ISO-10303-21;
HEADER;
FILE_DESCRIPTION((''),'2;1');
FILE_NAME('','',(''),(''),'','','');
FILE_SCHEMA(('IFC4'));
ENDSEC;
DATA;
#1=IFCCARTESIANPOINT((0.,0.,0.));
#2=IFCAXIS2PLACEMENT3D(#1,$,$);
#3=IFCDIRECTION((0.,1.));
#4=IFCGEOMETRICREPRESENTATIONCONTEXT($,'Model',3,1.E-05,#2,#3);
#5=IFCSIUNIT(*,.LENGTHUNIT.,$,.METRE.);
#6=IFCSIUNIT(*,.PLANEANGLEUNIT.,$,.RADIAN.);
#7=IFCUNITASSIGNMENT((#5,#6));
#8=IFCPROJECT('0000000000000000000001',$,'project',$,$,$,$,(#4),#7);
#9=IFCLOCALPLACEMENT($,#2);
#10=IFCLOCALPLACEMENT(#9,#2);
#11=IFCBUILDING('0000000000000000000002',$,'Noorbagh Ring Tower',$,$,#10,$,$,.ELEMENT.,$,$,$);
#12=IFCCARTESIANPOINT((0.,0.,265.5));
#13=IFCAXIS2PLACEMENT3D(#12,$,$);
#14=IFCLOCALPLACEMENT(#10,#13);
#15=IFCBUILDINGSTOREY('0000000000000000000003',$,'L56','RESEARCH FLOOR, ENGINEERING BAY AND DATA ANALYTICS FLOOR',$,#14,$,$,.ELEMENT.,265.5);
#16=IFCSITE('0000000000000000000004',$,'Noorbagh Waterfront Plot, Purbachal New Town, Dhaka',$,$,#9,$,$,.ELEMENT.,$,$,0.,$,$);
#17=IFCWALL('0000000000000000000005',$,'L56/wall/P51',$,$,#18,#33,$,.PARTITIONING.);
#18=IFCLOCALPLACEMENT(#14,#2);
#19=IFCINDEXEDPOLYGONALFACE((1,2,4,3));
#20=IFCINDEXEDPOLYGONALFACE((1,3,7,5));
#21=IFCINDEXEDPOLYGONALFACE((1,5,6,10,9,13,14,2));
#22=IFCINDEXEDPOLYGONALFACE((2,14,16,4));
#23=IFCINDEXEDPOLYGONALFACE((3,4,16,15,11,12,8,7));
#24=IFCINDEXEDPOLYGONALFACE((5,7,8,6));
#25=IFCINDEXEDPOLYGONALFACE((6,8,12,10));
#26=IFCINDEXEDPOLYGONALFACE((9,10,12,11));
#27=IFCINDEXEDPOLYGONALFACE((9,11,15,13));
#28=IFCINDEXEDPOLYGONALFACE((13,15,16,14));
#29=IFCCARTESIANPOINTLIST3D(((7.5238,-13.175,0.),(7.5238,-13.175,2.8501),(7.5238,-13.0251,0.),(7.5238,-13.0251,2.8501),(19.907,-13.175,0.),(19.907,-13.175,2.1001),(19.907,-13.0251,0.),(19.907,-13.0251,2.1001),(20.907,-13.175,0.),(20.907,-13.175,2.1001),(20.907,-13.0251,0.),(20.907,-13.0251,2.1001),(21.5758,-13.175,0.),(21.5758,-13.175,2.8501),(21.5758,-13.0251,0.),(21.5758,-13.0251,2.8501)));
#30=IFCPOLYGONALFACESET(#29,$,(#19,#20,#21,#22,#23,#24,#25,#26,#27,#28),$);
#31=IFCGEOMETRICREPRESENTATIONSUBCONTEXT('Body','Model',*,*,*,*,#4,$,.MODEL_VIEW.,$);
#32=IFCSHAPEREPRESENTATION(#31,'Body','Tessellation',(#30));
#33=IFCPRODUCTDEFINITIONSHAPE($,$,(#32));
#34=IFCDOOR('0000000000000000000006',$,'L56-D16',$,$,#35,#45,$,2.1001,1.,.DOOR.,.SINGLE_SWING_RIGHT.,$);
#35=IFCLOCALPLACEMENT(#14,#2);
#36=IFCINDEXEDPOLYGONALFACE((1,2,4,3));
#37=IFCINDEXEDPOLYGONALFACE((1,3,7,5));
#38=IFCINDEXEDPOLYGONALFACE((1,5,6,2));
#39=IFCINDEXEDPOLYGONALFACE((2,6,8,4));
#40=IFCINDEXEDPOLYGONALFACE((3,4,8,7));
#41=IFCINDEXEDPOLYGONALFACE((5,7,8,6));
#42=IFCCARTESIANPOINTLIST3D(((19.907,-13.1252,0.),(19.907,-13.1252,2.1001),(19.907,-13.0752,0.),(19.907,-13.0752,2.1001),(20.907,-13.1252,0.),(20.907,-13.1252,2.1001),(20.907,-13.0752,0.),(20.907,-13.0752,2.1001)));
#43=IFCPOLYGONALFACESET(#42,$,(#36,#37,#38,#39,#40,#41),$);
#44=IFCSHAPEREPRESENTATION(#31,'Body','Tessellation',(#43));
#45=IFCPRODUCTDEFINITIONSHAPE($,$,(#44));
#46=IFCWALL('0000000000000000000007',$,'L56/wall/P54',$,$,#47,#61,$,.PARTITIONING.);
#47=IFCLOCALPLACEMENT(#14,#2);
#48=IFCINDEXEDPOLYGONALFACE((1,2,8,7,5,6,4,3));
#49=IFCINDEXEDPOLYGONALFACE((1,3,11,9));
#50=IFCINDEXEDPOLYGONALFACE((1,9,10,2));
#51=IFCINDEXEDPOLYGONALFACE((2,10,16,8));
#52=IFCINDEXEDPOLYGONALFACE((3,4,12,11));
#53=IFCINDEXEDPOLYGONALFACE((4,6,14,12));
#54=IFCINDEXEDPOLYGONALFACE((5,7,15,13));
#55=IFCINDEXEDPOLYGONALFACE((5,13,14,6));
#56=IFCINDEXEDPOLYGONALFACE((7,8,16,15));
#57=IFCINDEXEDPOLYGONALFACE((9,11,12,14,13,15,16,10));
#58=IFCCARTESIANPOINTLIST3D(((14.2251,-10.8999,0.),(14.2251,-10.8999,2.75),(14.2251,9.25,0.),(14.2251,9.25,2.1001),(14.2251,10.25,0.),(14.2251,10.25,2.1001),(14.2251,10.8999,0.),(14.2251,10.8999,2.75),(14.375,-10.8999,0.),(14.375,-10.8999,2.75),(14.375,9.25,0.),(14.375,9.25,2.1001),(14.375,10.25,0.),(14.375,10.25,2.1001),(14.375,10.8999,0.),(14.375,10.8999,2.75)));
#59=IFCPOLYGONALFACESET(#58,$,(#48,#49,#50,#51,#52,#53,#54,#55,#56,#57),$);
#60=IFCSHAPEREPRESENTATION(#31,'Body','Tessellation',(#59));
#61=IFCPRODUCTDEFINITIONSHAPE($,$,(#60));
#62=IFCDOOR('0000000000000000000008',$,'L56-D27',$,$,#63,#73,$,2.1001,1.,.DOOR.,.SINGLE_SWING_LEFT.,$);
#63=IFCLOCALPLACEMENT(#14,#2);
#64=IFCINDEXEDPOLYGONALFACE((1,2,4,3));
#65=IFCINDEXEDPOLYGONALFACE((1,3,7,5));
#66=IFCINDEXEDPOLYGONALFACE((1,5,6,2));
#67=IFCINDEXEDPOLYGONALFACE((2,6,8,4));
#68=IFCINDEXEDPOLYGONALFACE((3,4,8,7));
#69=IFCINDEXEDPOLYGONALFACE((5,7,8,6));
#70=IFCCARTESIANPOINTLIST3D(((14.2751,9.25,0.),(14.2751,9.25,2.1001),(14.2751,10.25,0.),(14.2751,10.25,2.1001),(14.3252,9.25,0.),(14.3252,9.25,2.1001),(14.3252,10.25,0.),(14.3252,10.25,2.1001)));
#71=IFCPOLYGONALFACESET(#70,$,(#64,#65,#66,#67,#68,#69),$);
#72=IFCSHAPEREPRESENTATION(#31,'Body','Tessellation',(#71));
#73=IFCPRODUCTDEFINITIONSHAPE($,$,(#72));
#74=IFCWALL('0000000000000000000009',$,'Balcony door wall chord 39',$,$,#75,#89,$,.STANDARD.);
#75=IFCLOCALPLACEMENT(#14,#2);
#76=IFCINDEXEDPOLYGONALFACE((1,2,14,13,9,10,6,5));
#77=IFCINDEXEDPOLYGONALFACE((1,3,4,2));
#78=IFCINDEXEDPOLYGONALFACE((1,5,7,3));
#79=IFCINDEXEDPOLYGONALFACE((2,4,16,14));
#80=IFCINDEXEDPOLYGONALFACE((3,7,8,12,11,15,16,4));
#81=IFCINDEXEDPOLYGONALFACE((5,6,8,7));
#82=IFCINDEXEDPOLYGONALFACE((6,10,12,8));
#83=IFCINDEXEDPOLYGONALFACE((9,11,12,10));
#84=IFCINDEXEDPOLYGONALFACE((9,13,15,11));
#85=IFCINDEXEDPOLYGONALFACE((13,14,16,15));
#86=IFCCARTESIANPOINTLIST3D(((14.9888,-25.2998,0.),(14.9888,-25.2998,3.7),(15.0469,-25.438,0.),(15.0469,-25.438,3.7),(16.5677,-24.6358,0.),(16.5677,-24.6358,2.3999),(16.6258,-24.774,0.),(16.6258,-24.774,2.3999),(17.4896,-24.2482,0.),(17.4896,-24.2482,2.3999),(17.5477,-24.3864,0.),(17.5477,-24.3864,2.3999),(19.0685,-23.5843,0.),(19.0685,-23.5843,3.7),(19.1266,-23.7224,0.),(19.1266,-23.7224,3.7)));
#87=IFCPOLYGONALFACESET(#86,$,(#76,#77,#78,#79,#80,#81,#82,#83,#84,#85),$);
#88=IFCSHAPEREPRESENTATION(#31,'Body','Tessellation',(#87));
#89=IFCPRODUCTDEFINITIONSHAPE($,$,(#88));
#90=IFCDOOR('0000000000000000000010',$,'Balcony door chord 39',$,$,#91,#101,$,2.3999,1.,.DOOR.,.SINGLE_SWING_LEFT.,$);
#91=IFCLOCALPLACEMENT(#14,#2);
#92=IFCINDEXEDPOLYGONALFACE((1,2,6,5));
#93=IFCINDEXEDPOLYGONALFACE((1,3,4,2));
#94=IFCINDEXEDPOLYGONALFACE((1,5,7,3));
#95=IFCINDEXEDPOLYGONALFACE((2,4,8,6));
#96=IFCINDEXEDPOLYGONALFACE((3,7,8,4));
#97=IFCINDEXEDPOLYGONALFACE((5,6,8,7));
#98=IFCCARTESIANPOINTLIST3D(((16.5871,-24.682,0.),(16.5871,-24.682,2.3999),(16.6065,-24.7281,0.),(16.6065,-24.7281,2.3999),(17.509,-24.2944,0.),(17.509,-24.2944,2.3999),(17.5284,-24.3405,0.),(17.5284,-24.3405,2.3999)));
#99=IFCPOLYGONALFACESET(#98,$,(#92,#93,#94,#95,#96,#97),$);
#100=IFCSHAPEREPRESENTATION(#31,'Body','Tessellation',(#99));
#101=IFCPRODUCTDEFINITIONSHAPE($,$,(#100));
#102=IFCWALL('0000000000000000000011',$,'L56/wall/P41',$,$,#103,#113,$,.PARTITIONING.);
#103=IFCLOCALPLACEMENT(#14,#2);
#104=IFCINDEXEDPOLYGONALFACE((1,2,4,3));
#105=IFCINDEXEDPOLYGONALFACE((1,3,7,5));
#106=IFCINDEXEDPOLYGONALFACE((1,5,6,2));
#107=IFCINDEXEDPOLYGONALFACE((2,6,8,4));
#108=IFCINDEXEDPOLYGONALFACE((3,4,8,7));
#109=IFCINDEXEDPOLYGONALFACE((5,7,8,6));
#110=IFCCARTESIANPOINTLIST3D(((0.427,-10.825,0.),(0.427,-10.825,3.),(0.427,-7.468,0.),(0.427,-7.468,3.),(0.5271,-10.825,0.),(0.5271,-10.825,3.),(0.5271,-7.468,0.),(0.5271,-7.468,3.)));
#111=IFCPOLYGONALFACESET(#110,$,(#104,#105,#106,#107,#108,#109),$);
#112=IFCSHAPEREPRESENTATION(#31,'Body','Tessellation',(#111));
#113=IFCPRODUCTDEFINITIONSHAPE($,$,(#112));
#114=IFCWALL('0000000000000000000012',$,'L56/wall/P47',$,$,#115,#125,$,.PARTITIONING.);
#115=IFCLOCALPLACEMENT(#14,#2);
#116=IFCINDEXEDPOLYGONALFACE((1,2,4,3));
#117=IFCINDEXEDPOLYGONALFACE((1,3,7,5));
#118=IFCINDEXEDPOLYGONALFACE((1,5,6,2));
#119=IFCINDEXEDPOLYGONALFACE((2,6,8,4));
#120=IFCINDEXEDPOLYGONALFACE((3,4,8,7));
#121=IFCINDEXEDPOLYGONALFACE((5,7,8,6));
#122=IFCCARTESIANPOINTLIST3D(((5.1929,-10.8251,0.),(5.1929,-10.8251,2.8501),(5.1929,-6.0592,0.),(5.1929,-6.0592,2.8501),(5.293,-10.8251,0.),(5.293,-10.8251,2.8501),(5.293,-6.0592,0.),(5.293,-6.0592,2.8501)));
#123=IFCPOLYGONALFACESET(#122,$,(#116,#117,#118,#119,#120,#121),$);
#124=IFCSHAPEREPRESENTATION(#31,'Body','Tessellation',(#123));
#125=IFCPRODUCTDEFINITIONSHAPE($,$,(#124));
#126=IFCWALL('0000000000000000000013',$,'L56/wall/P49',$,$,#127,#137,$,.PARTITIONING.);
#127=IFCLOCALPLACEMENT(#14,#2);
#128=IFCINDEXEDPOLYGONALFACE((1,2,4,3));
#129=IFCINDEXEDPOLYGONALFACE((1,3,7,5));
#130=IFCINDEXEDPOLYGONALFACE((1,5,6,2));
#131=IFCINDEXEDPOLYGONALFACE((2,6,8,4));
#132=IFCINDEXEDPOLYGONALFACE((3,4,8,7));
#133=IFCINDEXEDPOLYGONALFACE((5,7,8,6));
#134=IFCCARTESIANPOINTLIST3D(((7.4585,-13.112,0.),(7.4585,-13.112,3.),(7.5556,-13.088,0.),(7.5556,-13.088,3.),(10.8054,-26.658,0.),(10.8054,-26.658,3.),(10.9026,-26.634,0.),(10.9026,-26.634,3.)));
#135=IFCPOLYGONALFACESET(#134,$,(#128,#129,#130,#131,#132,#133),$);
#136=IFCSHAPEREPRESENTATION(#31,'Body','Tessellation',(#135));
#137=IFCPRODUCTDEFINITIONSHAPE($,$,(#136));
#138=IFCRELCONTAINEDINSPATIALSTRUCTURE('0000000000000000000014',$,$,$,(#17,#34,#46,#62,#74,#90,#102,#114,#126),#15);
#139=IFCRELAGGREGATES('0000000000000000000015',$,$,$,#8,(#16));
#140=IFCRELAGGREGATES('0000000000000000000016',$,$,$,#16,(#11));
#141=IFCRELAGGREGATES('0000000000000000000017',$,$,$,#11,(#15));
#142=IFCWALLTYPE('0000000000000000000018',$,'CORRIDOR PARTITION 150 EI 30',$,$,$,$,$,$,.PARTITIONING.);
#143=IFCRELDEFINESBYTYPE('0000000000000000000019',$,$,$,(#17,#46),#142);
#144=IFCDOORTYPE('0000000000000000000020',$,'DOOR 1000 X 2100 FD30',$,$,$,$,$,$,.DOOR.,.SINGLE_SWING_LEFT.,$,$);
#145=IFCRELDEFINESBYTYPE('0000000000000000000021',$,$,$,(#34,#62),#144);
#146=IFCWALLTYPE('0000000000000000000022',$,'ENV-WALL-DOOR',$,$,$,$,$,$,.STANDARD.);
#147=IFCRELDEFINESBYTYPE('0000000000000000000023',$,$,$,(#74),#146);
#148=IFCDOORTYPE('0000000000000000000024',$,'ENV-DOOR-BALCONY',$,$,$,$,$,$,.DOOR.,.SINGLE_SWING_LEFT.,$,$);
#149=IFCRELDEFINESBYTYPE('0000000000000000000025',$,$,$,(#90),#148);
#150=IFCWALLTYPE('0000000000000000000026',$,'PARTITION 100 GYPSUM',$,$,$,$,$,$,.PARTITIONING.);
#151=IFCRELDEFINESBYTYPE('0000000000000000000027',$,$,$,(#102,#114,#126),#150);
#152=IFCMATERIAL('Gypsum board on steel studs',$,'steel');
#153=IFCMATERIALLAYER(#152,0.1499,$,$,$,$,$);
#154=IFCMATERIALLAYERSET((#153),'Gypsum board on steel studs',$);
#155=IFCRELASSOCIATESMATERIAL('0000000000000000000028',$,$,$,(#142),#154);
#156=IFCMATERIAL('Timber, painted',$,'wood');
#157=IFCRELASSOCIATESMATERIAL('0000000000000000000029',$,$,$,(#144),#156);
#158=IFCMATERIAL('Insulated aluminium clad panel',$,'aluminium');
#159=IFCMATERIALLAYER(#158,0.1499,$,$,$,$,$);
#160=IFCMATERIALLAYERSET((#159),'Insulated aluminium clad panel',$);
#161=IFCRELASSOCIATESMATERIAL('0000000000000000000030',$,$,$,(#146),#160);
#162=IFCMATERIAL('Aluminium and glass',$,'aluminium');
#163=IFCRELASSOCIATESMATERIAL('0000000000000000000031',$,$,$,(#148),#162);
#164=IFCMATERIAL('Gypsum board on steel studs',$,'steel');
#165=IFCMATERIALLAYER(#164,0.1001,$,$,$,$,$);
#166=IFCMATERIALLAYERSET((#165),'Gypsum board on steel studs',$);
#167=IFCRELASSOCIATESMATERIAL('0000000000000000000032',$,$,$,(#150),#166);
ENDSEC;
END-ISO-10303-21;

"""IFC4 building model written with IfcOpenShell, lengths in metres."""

from ifc_helpers import new_model, si_unit, direction, frame, frame_2d, origin, place, context, subcontext, project, spatial, rectangle, extrude, material, layer, layer_set, type_object, element, fill, save


model = new_model("IFC4")

# Units and contexts
model_context = context("Model", 3, precision=1e-05, world=origin(), true_north=direction((0.0, 1.0)))
body_context = subcontext(model_context, "Body", "Model", "MODEL_VIEW")
ifc_project = project(units=[si_unit("LENGTHUNIT", "METRE"), si_unit("PLANEANGLEUNIT", "RADIAN")], contexts=[model_context])

# Site, building, storey
site_placement = place(None, origin())
site = spatial("IfcSite", under=ifc_project, at=site_placement, Name="Noorbagh Waterfront Plot, Purbachal New Town, Dhaka", CompositionType="ELEMENT", RefElevation=0.0)
building_placement = place(site_placement, origin())
building = spatial("IfcBuilding", under=site, at=building_placement, Name="Noorbagh Ring Tower", CompositionType="ELEMENT")
storey_placement = place(building_placement, frame((0.0, 0.0, 265.5)))
storey = spatial("IfcBuildingStorey", under=building, at=storey_placement, Name="L56", Description="RESEARCH FLOOR, ENGINEERING BAY AND DATA ANALYTICS FLOOR", CompositionType="ELEMENT", Elevation=265.5)

# Shared definitions
ifc_material_1 = material(Name="Gypsum board on steel studs", Category="steel")
ifc_layer_1 = layer(ifc_material_1, 0.1499)
ifc_layer_set_1 = layer_set([ifc_layer_1], Name="Gypsum board on steel studs")
wall_type_1 = type_object("IfcWallType", Name="CORRIDOR PARTITION 150 EI 30", PredefinedType="PARTITIONING", material=ifc_layer_set_1)

# Walls, openings, doors
ifc_material_2 = material(Name="Timber, painted", Category="wood")
door_type_1 = type_object("IfcDoorType", Name="DOOR 1000 X 2100 FD30", OperationType="SINGLE_SWING_LEFT", PredefinedType="DOOR", material=ifc_material_2)
wall_1_placement = place(storey_placement, frame((7.5239, -13.1001, 0.0), z_axis=(0.0, 0.0, 1.0), x_axis=(1.0, 0.0, 0.0)))
wall_1 = element("IfcWall", 1, at=wall_1_placement, inside=storey, type_object=wall_type_1, Name="L56/wall/P51", PredefinedType="PARTITIONING", context=body_context, shape_type="SweptSolid", body=[
    extrude(rectangle(XDim=14.052, YDim=0.1499, at=frame_2d((7.0259, 0.0))), origin(), (0.0, 0.0, 1.0), 2.8501),
])
opening_1_placement = place(wall_1_placement, frame((12.3831, 0.0, 0.0)))
opening_1 = element("IfcOpeningElement", 2, at=opening_1_placement, cuts=wall_1, PredefinedType="OPENING", context=body_context, shape_type="SweptSolid", body=[
    extrude(rectangle(XDim=1.0, YDim=2.1001, at=frame_2d((0.5, 1.05))), frame((0.0, 0.085, 0.0), z_axis=(0.0, -1.0, 0.0), x_axis=(1.0, 0.0, 0.0)), (0.0, 0.0, 1.0), 0.1699),
])
door_1_placement = place(opening_1_placement, origin())
door_1 = element("IfcDoor", 3, at=door_1_placement, inside=storey, type_object=door_type_1, Name="L56-D16", OperationType="SINGLE_SWING_RIGHT", OverallHeight=2.1001, OverallWidth=1.0, PredefinedType="DOOR", context=body_context, shape_type="SweptSolid", body=[
    extrude(rectangle(XDim=1.0, YDim=2.1001, at=frame_2d((0.5, 1.05))), frame((0.0, 0.0249, 0.0), z_axis=(0.0, -1.0, 0.0), x_axis=(1.0, 0.0, 0.0)), (0.0, 0.0, 1.0), 0.05),
])
fill(opening_1, door_1)
wall_2_placement = place(storey_placement, frame((14.3, -10.8999, 0.0), z_axis=(0.0, 0.0, 1.0), x_axis=(0.0, 1.0, 0.0)))
wall_2 = element("IfcWall", 4, at=wall_2_placement, inside=storey, type_object=wall_type_1, Name="L56/wall/P54", PredefinedType="PARTITIONING", context=body_context, shape_type="SweptSolid", body=[
    extrude(rectangle(XDim=21.7998, YDim=0.1499, at=frame_2d((10.8999, 0.0))), origin(), (0.0, 0.0, 1.0), 2.75),
])
opening_2_placement = place(wall_2_placement, frame((20.1499, 0.0, 0.0)))
opening_2 = element("IfcOpeningElement", 5, at=opening_2_placement, cuts=wall_2, PredefinedType="OPENING", context=body_context, shape_type="SweptSolid", body=[
    extrude(rectangle(XDim=1.0, YDim=2.1001, at=frame_2d((0.5, 1.05))), frame((0.0, 0.085, 0.0), z_axis=(0.0, -1.0, 0.0), x_axis=(1.0, 0.0, 0.0)), (0.0, 0.0, 1.0), 0.1699),
])
door_2_placement = place(opening_2_placement, origin())
door_2 = element("IfcDoor", 6, at=door_2_placement, inside=storey, type_object=door_type_1, Name="L56-D27", OperationType="SINGLE_SWING_LEFT", OverallHeight=2.1001, OverallWidth=1.0, PredefinedType="DOOR", context=body_context, shape_type="SweptSolid", body=[
    extrude(rectangle(XDim=1.0, YDim=2.1001, at=frame_2d((0.5, 1.05))), frame((0.0, 0.0249, 0.0), z_axis=(0.0, -1.0, 0.0), x_axis=(1.0, 0.0, 0.0)), (0.0, 0.0, 1.0), 0.05),
])
fill(opening_2, door_2)
ifc_material_3 = material(Name="Insulated aluminium clad panel", Category="aluminium")
ifc_layer_2 = layer(ifc_material_3, 0.1499)
ifc_layer_set_2 = layer_set([ifc_layer_2], Name="Insulated aluminium clad panel")
wall_type_2 = type_object("IfcWallType", Name="ENV-WALL-DOOR", PredefinedType="STANDARD", material=ifc_layer_set_2)
wall_3_placement = place(storey_placement, frame((15.0178, -25.3689, 0.0), z_axis=(0.0, 0.0, 1.0), x_axis=(0.921817, 0.387625, 0.0)))
wall_3 = element("IfcWall", 7, at=wall_3_placement, inside=storey, type_object=wall_type_2, Name="Balcony door wall chord 39", PredefinedType="STANDARD", context=body_context, shape_type="SweptSolid", body=[
    extrude(rectangle(XDim=4.4258, YDim=0.1499, at=frame_2d((2.2129, 0.0))), origin(), (0.0, 0.0, 1.0), 3.7),
])
opening_3_placement = place(wall_3_placement, frame((1.7129, 0.0, 0.0)))
opening_3 = element("IfcOpeningElement", 8, at=opening_3_placement, cuts=wall_3, PredefinedType="OPENING", context=body_context, shape_type="SweptSolid", body=[
    extrude(rectangle(XDim=1.0, YDim=2.3999, at=frame_2d((0.5, 1.2))), frame((0.0, 0.085, 0.0), z_axis=(0.0, -1.0, 0.0), x_axis=(1.0, 0.0, 0.0)), (0.0, 0.0, 1.0), 0.1699),
])
ifc_material_4 = material(Name="Aluminium and glass", Category="aluminium")
door_type_2 = type_object("IfcDoorType", Name="ENV-DOOR-BALCONY", OperationType="SINGLE_SWING_LEFT", PredefinedType="DOOR", material=ifc_material_4)
door_3_placement = place(opening_3_placement, origin())
door_3 = element("IfcDoor", 9, at=door_3_placement, inside=storey, type_object=door_type_2, Name="Balcony door chord 39", OperationType="SINGLE_SWING_LEFT", OverallHeight=2.3999, OverallWidth=1.0, PredefinedType="DOOR", context=body_context, shape_type="SweptSolid", body=[
    extrude(rectangle(XDim=1.0, YDim=2.3999, at=frame_2d((0.5, 1.2))), frame((0.0, 0.0249, 0.0), z_axis=(0.0, -1.0, 0.0), x_axis=(1.0, 0.0, 0.0)), (0.0, 0.0, 1.0), 0.05),
])
fill(opening_3, door_3)

# Walls
ifc_material_5 = material(Name="Gypsum board on steel studs", Category="steel")
ifc_layer_3 = layer(ifc_material_5, 0.1001)
ifc_layer_set_3 = layer_set([ifc_layer_3], Name="Gypsum board on steel studs")
wall_type_3 = type_object("IfcWallType", Name="PARTITION 100 GYPSUM", PredefinedType="PARTITIONING", material=ifc_layer_set_3)
wall_4_placement = place(storey_placement, frame((0.4771, -10.825, 0.0), z_axis=(0.0, 0.0, 1.0), x_axis=(0.0, 1.0, 0.0)))
element("IfcWall", 10, at=wall_4_placement, inside=storey, type_object=wall_type_3, Name="L56/wall/P41", PredefinedType="PARTITIONING", context=body_context, shape_type="SweptSolid", body=[
    extrude(rectangle(XDim=3.3569, YDim=0.1001, at=frame_2d((1.6785, 0.0))), origin(), (0.0, 0.0, 1.0), 3.0),
])
wall_5_placement = place(storey_placement, frame((5.2429, -10.825, 0.0), z_axis=(0.0, 0.0, 1.0), x_axis=(0.0, 1.0, 0.0)))
element("IfcWall", 11, at=wall_5_placement, inside=storey, type_object=wall_type_3, Name="L56/wall/P47", PredefinedType="PARTITIONING", context=body_context, shape_type="SweptSolid", body=[
    extrude(rectangle(XDim=4.7659, YDim=0.1001, at=frame_2d((2.3828, 0.0))), origin(), (0.0, 0.0, 1.0), 2.8501),
])
wall_6_placement = place(storey_placement, frame((7.5071, -13.1001, 0.0), z_axis=(0.0, 0.0, 1.0), x_axis=(0.239867, -0.970806, 0.0)))
element("IfcWall", 12, at=wall_6_placement, inside=storey, type_object=wall_type_3, Name="L56/wall/P49", PredefinedType="PARTITIONING", context=body_context, shape_type="SweptSolid", body=[
    extrude(rectangle(XDim=13.9534, YDim=0.1001, at=frame_2d((6.9766, 0.0))), origin(), (0.0, 0.0, 1.0), 3.0),
])

save(model, "model.ifc")
